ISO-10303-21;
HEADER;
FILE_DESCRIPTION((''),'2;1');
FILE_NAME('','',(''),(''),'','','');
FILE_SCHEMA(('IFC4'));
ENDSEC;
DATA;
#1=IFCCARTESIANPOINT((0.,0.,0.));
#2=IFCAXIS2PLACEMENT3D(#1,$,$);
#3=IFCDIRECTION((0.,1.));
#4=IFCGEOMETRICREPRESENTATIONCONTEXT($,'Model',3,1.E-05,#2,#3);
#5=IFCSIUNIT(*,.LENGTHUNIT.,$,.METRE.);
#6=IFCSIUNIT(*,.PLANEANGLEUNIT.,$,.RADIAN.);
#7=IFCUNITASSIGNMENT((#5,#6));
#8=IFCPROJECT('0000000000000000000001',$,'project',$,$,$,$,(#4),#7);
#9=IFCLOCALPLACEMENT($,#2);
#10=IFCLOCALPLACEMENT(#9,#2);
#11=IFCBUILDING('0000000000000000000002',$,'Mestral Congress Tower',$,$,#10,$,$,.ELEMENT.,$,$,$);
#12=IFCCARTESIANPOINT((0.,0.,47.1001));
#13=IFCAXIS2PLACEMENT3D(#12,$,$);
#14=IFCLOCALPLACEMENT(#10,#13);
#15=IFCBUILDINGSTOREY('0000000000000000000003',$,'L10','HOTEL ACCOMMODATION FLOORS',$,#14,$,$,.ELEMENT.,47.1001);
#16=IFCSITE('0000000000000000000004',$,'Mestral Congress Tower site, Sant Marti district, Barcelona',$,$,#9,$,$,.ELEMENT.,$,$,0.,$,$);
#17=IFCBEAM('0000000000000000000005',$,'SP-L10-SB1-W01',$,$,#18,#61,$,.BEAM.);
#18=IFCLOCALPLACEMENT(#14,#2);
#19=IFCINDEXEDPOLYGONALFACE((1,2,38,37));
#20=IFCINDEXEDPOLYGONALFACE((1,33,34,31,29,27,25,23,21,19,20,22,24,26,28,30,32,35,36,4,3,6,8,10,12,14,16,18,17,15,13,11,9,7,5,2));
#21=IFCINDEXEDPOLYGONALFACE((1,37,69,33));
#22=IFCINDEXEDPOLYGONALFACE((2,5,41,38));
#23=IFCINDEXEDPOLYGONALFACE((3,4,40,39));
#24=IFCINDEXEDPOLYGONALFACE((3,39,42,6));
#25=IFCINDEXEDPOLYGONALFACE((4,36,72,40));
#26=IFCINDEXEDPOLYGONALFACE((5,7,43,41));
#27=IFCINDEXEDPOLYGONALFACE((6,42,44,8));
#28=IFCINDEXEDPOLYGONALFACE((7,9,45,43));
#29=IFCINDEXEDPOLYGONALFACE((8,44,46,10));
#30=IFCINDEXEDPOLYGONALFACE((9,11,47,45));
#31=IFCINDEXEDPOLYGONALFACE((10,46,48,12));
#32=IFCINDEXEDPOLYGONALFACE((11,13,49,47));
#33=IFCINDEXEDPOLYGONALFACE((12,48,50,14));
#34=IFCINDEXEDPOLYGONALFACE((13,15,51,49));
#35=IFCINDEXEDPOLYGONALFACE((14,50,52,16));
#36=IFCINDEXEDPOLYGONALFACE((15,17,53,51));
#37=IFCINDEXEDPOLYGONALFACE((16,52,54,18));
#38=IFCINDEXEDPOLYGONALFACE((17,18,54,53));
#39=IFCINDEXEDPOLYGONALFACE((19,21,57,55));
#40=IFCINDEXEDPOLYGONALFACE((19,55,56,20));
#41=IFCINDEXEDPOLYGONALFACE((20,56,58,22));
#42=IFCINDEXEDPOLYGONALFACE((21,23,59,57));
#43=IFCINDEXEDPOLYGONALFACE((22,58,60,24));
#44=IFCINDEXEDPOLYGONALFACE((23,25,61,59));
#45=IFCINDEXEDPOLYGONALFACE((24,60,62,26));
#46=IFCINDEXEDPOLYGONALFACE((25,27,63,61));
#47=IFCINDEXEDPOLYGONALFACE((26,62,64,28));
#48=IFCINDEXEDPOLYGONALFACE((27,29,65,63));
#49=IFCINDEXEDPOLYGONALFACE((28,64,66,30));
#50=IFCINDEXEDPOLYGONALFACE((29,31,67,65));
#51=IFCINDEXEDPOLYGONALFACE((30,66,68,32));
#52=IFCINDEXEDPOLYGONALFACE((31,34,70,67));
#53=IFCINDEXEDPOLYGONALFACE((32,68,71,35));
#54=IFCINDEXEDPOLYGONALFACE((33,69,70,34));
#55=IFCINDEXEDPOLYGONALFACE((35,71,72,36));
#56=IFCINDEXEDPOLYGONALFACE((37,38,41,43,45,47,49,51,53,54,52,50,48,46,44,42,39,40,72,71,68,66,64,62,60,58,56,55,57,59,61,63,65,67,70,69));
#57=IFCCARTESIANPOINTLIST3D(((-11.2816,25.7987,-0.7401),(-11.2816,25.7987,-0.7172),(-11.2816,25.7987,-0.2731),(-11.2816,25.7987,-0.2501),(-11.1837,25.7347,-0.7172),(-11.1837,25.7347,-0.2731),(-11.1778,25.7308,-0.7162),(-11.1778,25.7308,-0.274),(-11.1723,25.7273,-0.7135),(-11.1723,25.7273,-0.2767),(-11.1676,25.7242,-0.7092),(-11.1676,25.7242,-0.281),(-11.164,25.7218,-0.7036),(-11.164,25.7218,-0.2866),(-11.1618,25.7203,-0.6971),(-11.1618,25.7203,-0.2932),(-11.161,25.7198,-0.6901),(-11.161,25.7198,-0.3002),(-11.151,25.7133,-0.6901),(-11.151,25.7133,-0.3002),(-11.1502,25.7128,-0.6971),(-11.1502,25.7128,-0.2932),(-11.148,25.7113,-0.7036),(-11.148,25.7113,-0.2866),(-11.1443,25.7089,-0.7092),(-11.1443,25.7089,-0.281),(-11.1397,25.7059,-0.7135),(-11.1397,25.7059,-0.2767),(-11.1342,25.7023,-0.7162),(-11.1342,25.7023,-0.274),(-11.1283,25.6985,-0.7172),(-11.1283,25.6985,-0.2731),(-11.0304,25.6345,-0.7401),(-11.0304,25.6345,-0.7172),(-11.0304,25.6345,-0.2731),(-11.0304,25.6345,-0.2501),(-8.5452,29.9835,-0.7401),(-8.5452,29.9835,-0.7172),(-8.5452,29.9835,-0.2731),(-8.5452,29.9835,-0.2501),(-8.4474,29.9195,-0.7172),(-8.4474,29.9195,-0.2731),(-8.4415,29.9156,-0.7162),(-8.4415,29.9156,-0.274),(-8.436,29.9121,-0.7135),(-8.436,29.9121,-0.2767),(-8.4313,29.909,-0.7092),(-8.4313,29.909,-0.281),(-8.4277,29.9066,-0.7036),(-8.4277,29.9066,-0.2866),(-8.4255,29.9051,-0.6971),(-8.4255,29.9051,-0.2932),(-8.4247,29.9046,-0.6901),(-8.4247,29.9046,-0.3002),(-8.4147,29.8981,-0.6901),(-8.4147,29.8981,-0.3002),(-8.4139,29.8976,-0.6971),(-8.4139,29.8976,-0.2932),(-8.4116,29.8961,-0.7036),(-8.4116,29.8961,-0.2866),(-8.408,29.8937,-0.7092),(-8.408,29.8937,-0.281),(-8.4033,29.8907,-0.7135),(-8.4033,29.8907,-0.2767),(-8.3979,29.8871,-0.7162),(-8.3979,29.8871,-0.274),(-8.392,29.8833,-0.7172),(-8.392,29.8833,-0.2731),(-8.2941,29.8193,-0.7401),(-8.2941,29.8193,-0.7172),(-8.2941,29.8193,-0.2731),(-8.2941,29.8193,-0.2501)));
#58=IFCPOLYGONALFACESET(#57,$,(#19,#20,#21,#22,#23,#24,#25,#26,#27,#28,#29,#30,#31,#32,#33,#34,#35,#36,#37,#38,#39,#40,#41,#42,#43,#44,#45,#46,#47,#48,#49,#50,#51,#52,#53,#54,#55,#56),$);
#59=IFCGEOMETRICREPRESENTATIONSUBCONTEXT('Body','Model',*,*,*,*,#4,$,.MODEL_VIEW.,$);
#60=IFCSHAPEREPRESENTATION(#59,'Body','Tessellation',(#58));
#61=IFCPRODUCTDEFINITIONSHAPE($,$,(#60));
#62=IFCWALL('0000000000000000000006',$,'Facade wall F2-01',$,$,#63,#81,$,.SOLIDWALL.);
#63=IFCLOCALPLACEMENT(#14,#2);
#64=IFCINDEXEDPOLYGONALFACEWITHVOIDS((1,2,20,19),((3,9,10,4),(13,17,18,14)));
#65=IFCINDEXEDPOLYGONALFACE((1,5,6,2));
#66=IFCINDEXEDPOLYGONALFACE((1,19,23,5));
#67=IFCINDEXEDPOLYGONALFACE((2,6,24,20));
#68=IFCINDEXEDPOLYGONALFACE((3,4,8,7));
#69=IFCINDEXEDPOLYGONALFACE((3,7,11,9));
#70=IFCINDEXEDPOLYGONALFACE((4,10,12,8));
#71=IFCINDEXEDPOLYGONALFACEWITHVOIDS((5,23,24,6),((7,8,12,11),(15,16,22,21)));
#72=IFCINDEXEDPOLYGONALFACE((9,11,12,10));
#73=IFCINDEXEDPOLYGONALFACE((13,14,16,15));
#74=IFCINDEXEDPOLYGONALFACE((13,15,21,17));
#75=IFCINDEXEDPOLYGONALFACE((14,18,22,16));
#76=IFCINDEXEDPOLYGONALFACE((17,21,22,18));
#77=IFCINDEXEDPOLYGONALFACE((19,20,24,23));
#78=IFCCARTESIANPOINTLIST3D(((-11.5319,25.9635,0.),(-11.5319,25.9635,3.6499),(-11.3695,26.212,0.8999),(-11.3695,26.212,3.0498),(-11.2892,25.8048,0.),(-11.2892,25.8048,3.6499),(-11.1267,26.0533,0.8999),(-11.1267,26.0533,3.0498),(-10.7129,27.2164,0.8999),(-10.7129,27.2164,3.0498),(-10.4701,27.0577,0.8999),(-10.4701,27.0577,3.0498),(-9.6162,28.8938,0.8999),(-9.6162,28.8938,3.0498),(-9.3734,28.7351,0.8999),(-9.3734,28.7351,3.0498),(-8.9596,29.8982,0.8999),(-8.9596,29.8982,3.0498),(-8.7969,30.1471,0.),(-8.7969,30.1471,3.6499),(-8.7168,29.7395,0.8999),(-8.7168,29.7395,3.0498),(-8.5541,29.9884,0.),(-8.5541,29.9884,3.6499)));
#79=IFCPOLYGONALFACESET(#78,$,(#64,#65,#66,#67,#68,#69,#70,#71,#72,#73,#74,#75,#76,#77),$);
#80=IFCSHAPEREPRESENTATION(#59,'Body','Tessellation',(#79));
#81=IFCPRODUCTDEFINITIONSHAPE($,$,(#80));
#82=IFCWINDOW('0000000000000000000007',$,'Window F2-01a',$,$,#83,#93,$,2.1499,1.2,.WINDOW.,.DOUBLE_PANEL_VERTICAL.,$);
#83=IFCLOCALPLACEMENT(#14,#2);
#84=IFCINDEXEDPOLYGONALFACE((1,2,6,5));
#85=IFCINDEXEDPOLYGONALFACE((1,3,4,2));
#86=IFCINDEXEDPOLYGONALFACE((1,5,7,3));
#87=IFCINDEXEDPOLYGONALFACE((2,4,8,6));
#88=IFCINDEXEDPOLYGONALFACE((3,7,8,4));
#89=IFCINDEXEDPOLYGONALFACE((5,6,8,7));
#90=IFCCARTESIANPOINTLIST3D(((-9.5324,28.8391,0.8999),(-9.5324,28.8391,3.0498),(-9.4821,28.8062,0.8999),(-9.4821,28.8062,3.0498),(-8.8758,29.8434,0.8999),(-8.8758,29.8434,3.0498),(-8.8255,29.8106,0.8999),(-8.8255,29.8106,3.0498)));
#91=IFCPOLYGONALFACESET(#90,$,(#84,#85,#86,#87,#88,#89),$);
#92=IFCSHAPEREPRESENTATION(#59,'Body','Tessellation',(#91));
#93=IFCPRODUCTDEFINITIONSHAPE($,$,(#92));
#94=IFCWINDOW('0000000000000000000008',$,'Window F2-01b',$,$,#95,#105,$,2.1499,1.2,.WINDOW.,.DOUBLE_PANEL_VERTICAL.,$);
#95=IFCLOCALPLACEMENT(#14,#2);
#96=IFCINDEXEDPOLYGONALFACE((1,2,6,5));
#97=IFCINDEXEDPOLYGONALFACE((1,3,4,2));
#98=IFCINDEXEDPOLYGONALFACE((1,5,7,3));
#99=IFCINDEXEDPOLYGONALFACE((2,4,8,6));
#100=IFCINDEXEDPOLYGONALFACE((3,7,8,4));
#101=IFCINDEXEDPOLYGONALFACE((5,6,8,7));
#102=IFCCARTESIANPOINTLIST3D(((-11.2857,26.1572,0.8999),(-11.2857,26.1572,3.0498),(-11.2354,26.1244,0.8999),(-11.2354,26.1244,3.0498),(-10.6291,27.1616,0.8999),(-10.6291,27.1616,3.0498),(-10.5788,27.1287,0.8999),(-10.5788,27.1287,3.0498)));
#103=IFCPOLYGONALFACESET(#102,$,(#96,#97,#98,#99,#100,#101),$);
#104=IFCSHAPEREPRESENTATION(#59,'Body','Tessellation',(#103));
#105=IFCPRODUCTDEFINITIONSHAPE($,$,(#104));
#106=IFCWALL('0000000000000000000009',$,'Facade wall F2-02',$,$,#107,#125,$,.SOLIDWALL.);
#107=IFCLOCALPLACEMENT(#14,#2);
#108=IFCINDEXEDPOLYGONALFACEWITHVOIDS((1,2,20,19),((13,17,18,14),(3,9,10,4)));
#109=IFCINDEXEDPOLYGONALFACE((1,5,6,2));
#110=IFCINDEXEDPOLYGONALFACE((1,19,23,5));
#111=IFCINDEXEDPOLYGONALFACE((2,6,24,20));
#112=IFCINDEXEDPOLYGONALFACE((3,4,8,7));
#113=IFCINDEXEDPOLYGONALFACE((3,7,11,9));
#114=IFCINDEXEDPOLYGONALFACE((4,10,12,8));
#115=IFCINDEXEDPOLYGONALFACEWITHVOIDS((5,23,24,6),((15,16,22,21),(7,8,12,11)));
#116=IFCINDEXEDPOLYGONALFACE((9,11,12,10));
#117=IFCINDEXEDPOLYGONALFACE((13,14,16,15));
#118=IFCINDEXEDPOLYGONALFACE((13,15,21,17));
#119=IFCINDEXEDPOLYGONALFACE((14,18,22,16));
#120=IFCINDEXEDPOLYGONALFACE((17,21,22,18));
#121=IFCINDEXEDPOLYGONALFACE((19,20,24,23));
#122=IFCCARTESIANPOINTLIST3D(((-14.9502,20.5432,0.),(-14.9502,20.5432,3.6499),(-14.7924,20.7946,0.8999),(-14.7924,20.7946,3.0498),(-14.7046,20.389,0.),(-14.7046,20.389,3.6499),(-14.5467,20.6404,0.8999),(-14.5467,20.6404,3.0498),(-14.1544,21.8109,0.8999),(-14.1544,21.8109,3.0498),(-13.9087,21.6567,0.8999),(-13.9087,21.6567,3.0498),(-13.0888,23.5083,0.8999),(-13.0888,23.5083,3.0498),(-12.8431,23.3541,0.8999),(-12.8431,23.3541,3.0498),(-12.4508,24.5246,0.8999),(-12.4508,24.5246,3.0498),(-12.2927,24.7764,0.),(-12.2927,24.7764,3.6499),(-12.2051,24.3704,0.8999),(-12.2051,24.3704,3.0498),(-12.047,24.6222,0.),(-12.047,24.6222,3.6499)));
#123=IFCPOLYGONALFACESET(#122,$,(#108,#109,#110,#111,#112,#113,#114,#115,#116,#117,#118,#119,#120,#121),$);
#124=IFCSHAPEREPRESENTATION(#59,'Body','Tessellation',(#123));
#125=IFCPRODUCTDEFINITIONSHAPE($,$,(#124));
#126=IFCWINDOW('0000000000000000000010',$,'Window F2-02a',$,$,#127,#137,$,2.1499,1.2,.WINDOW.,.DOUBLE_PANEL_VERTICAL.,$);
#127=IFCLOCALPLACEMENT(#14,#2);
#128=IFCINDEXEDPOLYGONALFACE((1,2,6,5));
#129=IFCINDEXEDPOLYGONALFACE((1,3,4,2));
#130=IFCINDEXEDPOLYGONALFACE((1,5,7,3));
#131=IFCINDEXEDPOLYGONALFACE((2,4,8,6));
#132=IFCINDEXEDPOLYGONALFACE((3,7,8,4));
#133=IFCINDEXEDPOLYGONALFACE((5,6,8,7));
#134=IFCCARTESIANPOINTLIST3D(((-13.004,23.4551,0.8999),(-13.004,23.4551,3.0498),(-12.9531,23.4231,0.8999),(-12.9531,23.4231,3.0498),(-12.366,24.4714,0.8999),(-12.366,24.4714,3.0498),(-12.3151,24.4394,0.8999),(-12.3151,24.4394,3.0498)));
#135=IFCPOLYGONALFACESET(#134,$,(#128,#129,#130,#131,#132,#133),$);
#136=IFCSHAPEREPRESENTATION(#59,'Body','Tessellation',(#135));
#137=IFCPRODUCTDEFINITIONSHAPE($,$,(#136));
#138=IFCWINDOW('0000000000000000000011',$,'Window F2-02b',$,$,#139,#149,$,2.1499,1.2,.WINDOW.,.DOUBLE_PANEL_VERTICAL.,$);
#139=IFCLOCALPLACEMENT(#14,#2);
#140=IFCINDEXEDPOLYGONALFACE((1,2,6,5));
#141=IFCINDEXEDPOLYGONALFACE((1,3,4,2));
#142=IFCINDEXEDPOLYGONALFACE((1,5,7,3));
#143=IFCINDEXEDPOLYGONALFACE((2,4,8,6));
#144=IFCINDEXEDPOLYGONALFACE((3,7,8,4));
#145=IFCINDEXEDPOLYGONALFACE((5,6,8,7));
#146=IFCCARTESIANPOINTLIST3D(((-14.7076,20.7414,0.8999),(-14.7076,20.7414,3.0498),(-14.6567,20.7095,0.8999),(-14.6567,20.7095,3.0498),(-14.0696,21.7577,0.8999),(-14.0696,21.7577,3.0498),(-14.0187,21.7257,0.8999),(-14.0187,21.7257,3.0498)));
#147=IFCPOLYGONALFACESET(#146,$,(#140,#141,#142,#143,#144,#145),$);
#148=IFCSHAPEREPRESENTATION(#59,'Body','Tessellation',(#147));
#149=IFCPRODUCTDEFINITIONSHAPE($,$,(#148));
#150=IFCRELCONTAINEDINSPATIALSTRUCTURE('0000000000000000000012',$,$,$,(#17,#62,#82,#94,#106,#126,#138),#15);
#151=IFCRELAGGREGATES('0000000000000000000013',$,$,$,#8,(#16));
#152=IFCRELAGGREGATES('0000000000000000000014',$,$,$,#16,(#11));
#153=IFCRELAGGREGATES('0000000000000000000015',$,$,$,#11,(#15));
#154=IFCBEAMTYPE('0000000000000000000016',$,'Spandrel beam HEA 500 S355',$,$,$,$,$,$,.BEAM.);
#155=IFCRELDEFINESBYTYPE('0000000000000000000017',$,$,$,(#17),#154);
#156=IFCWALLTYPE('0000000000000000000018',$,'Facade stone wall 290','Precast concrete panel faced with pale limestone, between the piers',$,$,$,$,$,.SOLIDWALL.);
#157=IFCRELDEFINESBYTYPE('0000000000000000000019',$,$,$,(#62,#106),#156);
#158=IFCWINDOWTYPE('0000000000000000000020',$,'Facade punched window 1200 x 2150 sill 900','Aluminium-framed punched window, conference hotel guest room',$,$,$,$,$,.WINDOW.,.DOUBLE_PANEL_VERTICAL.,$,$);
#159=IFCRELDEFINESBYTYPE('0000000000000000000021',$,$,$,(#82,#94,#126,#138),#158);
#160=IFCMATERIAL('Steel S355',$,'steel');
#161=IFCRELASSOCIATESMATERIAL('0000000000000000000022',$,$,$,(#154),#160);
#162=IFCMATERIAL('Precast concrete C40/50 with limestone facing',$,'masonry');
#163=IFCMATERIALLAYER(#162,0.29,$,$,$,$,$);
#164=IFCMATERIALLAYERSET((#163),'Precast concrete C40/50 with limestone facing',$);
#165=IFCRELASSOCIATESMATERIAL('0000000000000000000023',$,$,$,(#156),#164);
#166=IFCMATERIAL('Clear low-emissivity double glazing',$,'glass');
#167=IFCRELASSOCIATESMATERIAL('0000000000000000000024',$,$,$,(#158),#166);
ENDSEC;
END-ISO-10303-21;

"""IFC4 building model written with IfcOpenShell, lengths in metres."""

from ifc_helpers import new_model, si_unit, direction, frame, frame_2d, origin, origin_2d, place, context, subcontext, project, spatial, rectangle, i_section, extrude, material, layer, layer_set, material_profile, profile_set, type_object, element, fill, save


model = new_model("IFC4")

# Units and contexts
model_context = context("Model", 3, precision=1e-05, world=origin(), true_north=direction((0.0, 1.0)))
body_context = subcontext(model_context, "Body", "Model", "MODEL_VIEW")
ifc_project = project(units=[si_unit("LENGTHUNIT", "METRE"), si_unit("PLANEANGLEUNIT", "RADIAN")], contexts=[model_context])

# Site, building, storey
site_placement = place(None, origin())
site = spatial("IfcSite", under=ifc_project, at=site_placement, Name="Mestral Congress Tower site, Sant Marti district, Barcelona", CompositionType="ELEMENT", RefElevation=0.0)
building_placement = place(site_placement, origin())
building = spatial("IfcBuilding", under=site, at=building_placement, Name="Mestral Congress Tower", CompositionType="ELEMENT")
storey_placement = place(building_placement, frame((0.0, 0.0, 47.1001)))
storey = spatial("IfcBuildingStorey", under=building, at=storey_placement, Name="L10", Description="HOTEL ACCOMMODATION FLOORS", CompositionType="ELEMENT", Elevation=47.1001)

# Beam
ifc_material_1 = material(Name="Steel S355", Category="steel")
ifc_material_profile_1 = material_profile(ifc_material_1, i_section(OverallWidth=0.3, OverallDepth=0.49, WebThickness=0.012, FlangeThickness=0.0229, FilletRadius=0.0271, at=origin_2d()), Name="HEA 500")
ifc_profile_set_1 = profile_set([ifc_material_profile_1], Name="Steel S355")
beam_type_1 = type_object("IfcBeamType", Name="Spandrel beam HEA 500 S355", PredefinedType="BEAM", material=ifc_profile_set_1)
beam_1_placement = place(storey_placement, frame((-8.4197, 29.9014, -0.4951), z_axis=(-0.547264, -0.83696, 0.0), x_axis=(0.83696, -0.547264, 0.0)))
element("IfcBeam", 1, at=beam_1_placement, inside=storey, type_object=beam_type_1, Name="SP-L10-SB1-W01", PredefinedType="BEAM", context=body_context, shape_type="SweptSolid", body=[
    extrude(i_section(OverallWidth=0.3, OverallDepth=0.49, WebThickness=0.012, FlangeThickness=0.0229, FilletRadius=0.0271, at=origin_2d()), origin(), (0.0, 0.0, 1.0), 5.0),
])

# Walls, openings, windows
ifc_material_2 = material(Name="Precast concrete C40/50 with limestone facing", Category="masonry")
ifc_layer_1 = layer(ifc_material_2, 0.29)
ifc_layer_set_1 = layer_set([ifc_layer_1], Name="Precast concrete C40/50 with limestone facing")
wall_type_1 = type_object("IfcWallType", Name="Facade stone wall 290", Description="Precast concrete panel faced with pale limestone, between the piers", PredefinedType="SOLIDWALL", material=ifc_layer_set_1)
wall_1_placement = place(storey_placement, frame((-8.6755, 30.0676, 0.0), z_axis=(0.0, 0.0, 1.0), x_axis=(-0.547205, -0.836999, 0.0)))
wall_1 = element("IfcWall", 2, at=wall_1_placement, inside=storey, type_object=wall_type_1, Name="Facade wall F2-01", PredefinedType="SOLIDWALL", context=body_context, shape_type="SweptSolid", body=[
    extrude(rectangle(XDim=4.9983, YDim=0.29, at=frame_2d((2.499, 0.0))), origin(), (0.0, 0.0, 1.0), 3.6499),
])
opening_1_placement = place(wall_1_placement, frame((0.2971, 0.0, 0.8999)))
opening_1 = element("IfcOpeningElement", 3, at=opening_1_placement, cuts=wall_1, PredefinedType="OPENING", context=body_context, shape_type="SweptSolid", body=[
    extrude(rectangle(XDim=1.2, YDim=2.1499, at=frame_2d((0.6001, 1.075))), frame((0.0, 0.155, 0.0), z_axis=(0.0, -1.0, 0.0), x_axis=(1.0, 0.0, 0.0)), (0.0, 0.0, 1.0), 0.3101),
])
opening_2_placement = place(wall_1_placement, frame((3.5012, 0.0, 0.8999)))
opening_2 = element("IfcOpeningElement", 4, at=opening_2_placement, cuts=wall_1, PredefinedType="OPENING", context=body_context, shape_type="SweptSolid", body=[
    extrude(rectangle(XDim=1.2, YDim=2.1499, at=frame_2d((0.6001, 1.075))), frame((0.0, 0.155, 0.0), z_axis=(0.0, -1.0, 0.0), x_axis=(1.0, 0.0, 0.0)), (0.0, 0.0, 1.0), 0.3101),
])
ifc_material_3 = material(Name="Clear low-emissivity double glazing", Category="glass")
window_type = type_object("IfcWindowType", Name="Facade punched window 1200 x 2150 sill 900", Description="Aluminium-framed punched window, conference hotel guest room", PartitioningType="DOUBLE_PANEL_VERTICAL", PredefinedType="WINDOW", material=ifc_material_3)
window_1_placement = place(opening_1_placement, origin())
window_1 = element("IfcWindow", 5, at=window_1_placement, inside=storey, type_object=window_type, Name="Window F2-01a", OverallHeight=2.1499, OverallWidth=1.2, PartitioningType="DOUBLE_PANEL_VERTICAL", PredefinedType="WINDOW", context=body_context, shape_type="SweptSolid", body=[
    extrude(rectangle(XDim=1.2, YDim=2.1499, at=frame_2d((0.6001, 1.075))), frame((0.0, 0.0151, 0.0), z_axis=(0.0, -1.0, 0.0), x_axis=(1.0, 0.0, 0.0)), (0.0, 0.0, 1.0), 0.0601),
])
fill(opening_1, window_1)
window_2_placement = place(opening_2_placement, origin())
window_2 = element("IfcWindow", 6, at=window_2_placement, inside=storey, type_object=window_type, Name="Window F2-01b", OverallHeight=2.1499, OverallWidth=1.2, PartitioningType="DOUBLE_PANEL_VERTICAL", PredefinedType="WINDOW", context=body_context, shape_type="SweptSolid", body=[
    extrude(rectangle(XDim=1.2, YDim=2.1499, at=frame_2d((0.6001, 1.075))), frame((0.0, 0.0151, 0.0), z_axis=(0.0, -1.0, 0.0), x_axis=(1.0, 0.0, 0.0)), (0.0, 0.0, 1.0), 0.0601),
])
fill(opening_2, window_2)
wall_2_placement = place(storey_placement, frame((-12.1699, 24.6992, 0.0), z_axis=(0.0, 0.0, 1.0), x_axis=(-0.531688, -0.84694, 0.0)))
wall_2 = element("IfcWall", 7, at=wall_2_placement, inside=storey, type_object=wall_type_1, Name="Facade wall F2-02", PredefinedType="SOLIDWALL", context=body_context, shape_type="SweptSolid", body=[
    extrude(rectangle(XDim=4.9983, YDim=0.29, at=frame_2d((2.499, 0.0))), origin(), (0.0, 0.0, 1.0), 3.6499),
])
opening_3_placement = place(wall_2_placement, frame((0.2971, 0.0, 0.8999)))
opening_3 = element("IfcOpeningElement", 8, at=opening_3_placement, cuts=wall_2, PredefinedType="OPENING", context=body_context, shape_type="SweptSolid", body=[
    extrude(rectangle(XDim=1.2, YDim=2.1499, at=frame_2d((0.6001, 1.075))), frame((0.0, 0.155, 0.0), z_axis=(0.0, -1.0, 0.0), x_axis=(1.0, 0.0, 0.0)), (0.0, 0.0, 1.0), 0.3101),
])
opening_4_placement = place(wall_2_placement, frame((3.5012, 0.0, 0.8999)))
opening_4 = element("IfcOpeningElement", 9, at=opening_4_placement, cuts=wall_2, PredefinedType="OPENING", context=body_context, shape_type="SweptSolid", body=[
    extrude(rectangle(XDim=1.2, YDim=2.1499, at=frame_2d((0.6001, 1.075))), frame((0.0, 0.155, 0.0), z_axis=(0.0, -1.0, 0.0), x_axis=(1.0, 0.0, 0.0)), (0.0, 0.0, 1.0), 0.3101),
])
window_3_placement = place(opening_3_placement, origin())
window_3 = element("IfcWindow", 10, at=window_3_placement, inside=storey, type_object=window_type, Name="Window F2-02a", OverallHeight=2.1499, OverallWidth=1.2, PartitioningType="DOUBLE_PANEL_VERTICAL", PredefinedType="WINDOW", context=body_context, shape_type="SweptSolid", body=[
    extrude(rectangle(XDim=1.2, YDim=2.1499, at=frame_2d((0.6001, 1.075))), frame((0.0, 0.0151, 0.0), z_axis=(0.0, -1.0, 0.0), x_axis=(1.0, 0.0, 0.0)), (0.0, 0.0, 1.0), 0.0601),
])
fill(opening_3, window_3)
window_4_placement = place(opening_4_placement, origin())
window_4 = element("IfcWindow", 11, at=window_4_placement, inside=storey, type_object=window_type, Name="Window F2-02b", OverallHeight=2.1499, OverallWidth=1.2, PartitioningType="DOUBLE_PANEL_VERTICAL", PredefinedType="WINDOW", context=body_context, shape_type="SweptSolid", body=[
    extrude(rectangle(XDim=1.2, YDim=2.1499, at=frame_2d((0.6001, 1.075))), frame((0.0, 0.0151, 0.0), z_axis=(0.0, -1.0, 0.0), x_axis=(1.0, 0.0, 0.0)), (0.0, 0.0, 1.0), 0.0601),
])
fill(opening_4, window_4)

save(model, "model.ifc")
